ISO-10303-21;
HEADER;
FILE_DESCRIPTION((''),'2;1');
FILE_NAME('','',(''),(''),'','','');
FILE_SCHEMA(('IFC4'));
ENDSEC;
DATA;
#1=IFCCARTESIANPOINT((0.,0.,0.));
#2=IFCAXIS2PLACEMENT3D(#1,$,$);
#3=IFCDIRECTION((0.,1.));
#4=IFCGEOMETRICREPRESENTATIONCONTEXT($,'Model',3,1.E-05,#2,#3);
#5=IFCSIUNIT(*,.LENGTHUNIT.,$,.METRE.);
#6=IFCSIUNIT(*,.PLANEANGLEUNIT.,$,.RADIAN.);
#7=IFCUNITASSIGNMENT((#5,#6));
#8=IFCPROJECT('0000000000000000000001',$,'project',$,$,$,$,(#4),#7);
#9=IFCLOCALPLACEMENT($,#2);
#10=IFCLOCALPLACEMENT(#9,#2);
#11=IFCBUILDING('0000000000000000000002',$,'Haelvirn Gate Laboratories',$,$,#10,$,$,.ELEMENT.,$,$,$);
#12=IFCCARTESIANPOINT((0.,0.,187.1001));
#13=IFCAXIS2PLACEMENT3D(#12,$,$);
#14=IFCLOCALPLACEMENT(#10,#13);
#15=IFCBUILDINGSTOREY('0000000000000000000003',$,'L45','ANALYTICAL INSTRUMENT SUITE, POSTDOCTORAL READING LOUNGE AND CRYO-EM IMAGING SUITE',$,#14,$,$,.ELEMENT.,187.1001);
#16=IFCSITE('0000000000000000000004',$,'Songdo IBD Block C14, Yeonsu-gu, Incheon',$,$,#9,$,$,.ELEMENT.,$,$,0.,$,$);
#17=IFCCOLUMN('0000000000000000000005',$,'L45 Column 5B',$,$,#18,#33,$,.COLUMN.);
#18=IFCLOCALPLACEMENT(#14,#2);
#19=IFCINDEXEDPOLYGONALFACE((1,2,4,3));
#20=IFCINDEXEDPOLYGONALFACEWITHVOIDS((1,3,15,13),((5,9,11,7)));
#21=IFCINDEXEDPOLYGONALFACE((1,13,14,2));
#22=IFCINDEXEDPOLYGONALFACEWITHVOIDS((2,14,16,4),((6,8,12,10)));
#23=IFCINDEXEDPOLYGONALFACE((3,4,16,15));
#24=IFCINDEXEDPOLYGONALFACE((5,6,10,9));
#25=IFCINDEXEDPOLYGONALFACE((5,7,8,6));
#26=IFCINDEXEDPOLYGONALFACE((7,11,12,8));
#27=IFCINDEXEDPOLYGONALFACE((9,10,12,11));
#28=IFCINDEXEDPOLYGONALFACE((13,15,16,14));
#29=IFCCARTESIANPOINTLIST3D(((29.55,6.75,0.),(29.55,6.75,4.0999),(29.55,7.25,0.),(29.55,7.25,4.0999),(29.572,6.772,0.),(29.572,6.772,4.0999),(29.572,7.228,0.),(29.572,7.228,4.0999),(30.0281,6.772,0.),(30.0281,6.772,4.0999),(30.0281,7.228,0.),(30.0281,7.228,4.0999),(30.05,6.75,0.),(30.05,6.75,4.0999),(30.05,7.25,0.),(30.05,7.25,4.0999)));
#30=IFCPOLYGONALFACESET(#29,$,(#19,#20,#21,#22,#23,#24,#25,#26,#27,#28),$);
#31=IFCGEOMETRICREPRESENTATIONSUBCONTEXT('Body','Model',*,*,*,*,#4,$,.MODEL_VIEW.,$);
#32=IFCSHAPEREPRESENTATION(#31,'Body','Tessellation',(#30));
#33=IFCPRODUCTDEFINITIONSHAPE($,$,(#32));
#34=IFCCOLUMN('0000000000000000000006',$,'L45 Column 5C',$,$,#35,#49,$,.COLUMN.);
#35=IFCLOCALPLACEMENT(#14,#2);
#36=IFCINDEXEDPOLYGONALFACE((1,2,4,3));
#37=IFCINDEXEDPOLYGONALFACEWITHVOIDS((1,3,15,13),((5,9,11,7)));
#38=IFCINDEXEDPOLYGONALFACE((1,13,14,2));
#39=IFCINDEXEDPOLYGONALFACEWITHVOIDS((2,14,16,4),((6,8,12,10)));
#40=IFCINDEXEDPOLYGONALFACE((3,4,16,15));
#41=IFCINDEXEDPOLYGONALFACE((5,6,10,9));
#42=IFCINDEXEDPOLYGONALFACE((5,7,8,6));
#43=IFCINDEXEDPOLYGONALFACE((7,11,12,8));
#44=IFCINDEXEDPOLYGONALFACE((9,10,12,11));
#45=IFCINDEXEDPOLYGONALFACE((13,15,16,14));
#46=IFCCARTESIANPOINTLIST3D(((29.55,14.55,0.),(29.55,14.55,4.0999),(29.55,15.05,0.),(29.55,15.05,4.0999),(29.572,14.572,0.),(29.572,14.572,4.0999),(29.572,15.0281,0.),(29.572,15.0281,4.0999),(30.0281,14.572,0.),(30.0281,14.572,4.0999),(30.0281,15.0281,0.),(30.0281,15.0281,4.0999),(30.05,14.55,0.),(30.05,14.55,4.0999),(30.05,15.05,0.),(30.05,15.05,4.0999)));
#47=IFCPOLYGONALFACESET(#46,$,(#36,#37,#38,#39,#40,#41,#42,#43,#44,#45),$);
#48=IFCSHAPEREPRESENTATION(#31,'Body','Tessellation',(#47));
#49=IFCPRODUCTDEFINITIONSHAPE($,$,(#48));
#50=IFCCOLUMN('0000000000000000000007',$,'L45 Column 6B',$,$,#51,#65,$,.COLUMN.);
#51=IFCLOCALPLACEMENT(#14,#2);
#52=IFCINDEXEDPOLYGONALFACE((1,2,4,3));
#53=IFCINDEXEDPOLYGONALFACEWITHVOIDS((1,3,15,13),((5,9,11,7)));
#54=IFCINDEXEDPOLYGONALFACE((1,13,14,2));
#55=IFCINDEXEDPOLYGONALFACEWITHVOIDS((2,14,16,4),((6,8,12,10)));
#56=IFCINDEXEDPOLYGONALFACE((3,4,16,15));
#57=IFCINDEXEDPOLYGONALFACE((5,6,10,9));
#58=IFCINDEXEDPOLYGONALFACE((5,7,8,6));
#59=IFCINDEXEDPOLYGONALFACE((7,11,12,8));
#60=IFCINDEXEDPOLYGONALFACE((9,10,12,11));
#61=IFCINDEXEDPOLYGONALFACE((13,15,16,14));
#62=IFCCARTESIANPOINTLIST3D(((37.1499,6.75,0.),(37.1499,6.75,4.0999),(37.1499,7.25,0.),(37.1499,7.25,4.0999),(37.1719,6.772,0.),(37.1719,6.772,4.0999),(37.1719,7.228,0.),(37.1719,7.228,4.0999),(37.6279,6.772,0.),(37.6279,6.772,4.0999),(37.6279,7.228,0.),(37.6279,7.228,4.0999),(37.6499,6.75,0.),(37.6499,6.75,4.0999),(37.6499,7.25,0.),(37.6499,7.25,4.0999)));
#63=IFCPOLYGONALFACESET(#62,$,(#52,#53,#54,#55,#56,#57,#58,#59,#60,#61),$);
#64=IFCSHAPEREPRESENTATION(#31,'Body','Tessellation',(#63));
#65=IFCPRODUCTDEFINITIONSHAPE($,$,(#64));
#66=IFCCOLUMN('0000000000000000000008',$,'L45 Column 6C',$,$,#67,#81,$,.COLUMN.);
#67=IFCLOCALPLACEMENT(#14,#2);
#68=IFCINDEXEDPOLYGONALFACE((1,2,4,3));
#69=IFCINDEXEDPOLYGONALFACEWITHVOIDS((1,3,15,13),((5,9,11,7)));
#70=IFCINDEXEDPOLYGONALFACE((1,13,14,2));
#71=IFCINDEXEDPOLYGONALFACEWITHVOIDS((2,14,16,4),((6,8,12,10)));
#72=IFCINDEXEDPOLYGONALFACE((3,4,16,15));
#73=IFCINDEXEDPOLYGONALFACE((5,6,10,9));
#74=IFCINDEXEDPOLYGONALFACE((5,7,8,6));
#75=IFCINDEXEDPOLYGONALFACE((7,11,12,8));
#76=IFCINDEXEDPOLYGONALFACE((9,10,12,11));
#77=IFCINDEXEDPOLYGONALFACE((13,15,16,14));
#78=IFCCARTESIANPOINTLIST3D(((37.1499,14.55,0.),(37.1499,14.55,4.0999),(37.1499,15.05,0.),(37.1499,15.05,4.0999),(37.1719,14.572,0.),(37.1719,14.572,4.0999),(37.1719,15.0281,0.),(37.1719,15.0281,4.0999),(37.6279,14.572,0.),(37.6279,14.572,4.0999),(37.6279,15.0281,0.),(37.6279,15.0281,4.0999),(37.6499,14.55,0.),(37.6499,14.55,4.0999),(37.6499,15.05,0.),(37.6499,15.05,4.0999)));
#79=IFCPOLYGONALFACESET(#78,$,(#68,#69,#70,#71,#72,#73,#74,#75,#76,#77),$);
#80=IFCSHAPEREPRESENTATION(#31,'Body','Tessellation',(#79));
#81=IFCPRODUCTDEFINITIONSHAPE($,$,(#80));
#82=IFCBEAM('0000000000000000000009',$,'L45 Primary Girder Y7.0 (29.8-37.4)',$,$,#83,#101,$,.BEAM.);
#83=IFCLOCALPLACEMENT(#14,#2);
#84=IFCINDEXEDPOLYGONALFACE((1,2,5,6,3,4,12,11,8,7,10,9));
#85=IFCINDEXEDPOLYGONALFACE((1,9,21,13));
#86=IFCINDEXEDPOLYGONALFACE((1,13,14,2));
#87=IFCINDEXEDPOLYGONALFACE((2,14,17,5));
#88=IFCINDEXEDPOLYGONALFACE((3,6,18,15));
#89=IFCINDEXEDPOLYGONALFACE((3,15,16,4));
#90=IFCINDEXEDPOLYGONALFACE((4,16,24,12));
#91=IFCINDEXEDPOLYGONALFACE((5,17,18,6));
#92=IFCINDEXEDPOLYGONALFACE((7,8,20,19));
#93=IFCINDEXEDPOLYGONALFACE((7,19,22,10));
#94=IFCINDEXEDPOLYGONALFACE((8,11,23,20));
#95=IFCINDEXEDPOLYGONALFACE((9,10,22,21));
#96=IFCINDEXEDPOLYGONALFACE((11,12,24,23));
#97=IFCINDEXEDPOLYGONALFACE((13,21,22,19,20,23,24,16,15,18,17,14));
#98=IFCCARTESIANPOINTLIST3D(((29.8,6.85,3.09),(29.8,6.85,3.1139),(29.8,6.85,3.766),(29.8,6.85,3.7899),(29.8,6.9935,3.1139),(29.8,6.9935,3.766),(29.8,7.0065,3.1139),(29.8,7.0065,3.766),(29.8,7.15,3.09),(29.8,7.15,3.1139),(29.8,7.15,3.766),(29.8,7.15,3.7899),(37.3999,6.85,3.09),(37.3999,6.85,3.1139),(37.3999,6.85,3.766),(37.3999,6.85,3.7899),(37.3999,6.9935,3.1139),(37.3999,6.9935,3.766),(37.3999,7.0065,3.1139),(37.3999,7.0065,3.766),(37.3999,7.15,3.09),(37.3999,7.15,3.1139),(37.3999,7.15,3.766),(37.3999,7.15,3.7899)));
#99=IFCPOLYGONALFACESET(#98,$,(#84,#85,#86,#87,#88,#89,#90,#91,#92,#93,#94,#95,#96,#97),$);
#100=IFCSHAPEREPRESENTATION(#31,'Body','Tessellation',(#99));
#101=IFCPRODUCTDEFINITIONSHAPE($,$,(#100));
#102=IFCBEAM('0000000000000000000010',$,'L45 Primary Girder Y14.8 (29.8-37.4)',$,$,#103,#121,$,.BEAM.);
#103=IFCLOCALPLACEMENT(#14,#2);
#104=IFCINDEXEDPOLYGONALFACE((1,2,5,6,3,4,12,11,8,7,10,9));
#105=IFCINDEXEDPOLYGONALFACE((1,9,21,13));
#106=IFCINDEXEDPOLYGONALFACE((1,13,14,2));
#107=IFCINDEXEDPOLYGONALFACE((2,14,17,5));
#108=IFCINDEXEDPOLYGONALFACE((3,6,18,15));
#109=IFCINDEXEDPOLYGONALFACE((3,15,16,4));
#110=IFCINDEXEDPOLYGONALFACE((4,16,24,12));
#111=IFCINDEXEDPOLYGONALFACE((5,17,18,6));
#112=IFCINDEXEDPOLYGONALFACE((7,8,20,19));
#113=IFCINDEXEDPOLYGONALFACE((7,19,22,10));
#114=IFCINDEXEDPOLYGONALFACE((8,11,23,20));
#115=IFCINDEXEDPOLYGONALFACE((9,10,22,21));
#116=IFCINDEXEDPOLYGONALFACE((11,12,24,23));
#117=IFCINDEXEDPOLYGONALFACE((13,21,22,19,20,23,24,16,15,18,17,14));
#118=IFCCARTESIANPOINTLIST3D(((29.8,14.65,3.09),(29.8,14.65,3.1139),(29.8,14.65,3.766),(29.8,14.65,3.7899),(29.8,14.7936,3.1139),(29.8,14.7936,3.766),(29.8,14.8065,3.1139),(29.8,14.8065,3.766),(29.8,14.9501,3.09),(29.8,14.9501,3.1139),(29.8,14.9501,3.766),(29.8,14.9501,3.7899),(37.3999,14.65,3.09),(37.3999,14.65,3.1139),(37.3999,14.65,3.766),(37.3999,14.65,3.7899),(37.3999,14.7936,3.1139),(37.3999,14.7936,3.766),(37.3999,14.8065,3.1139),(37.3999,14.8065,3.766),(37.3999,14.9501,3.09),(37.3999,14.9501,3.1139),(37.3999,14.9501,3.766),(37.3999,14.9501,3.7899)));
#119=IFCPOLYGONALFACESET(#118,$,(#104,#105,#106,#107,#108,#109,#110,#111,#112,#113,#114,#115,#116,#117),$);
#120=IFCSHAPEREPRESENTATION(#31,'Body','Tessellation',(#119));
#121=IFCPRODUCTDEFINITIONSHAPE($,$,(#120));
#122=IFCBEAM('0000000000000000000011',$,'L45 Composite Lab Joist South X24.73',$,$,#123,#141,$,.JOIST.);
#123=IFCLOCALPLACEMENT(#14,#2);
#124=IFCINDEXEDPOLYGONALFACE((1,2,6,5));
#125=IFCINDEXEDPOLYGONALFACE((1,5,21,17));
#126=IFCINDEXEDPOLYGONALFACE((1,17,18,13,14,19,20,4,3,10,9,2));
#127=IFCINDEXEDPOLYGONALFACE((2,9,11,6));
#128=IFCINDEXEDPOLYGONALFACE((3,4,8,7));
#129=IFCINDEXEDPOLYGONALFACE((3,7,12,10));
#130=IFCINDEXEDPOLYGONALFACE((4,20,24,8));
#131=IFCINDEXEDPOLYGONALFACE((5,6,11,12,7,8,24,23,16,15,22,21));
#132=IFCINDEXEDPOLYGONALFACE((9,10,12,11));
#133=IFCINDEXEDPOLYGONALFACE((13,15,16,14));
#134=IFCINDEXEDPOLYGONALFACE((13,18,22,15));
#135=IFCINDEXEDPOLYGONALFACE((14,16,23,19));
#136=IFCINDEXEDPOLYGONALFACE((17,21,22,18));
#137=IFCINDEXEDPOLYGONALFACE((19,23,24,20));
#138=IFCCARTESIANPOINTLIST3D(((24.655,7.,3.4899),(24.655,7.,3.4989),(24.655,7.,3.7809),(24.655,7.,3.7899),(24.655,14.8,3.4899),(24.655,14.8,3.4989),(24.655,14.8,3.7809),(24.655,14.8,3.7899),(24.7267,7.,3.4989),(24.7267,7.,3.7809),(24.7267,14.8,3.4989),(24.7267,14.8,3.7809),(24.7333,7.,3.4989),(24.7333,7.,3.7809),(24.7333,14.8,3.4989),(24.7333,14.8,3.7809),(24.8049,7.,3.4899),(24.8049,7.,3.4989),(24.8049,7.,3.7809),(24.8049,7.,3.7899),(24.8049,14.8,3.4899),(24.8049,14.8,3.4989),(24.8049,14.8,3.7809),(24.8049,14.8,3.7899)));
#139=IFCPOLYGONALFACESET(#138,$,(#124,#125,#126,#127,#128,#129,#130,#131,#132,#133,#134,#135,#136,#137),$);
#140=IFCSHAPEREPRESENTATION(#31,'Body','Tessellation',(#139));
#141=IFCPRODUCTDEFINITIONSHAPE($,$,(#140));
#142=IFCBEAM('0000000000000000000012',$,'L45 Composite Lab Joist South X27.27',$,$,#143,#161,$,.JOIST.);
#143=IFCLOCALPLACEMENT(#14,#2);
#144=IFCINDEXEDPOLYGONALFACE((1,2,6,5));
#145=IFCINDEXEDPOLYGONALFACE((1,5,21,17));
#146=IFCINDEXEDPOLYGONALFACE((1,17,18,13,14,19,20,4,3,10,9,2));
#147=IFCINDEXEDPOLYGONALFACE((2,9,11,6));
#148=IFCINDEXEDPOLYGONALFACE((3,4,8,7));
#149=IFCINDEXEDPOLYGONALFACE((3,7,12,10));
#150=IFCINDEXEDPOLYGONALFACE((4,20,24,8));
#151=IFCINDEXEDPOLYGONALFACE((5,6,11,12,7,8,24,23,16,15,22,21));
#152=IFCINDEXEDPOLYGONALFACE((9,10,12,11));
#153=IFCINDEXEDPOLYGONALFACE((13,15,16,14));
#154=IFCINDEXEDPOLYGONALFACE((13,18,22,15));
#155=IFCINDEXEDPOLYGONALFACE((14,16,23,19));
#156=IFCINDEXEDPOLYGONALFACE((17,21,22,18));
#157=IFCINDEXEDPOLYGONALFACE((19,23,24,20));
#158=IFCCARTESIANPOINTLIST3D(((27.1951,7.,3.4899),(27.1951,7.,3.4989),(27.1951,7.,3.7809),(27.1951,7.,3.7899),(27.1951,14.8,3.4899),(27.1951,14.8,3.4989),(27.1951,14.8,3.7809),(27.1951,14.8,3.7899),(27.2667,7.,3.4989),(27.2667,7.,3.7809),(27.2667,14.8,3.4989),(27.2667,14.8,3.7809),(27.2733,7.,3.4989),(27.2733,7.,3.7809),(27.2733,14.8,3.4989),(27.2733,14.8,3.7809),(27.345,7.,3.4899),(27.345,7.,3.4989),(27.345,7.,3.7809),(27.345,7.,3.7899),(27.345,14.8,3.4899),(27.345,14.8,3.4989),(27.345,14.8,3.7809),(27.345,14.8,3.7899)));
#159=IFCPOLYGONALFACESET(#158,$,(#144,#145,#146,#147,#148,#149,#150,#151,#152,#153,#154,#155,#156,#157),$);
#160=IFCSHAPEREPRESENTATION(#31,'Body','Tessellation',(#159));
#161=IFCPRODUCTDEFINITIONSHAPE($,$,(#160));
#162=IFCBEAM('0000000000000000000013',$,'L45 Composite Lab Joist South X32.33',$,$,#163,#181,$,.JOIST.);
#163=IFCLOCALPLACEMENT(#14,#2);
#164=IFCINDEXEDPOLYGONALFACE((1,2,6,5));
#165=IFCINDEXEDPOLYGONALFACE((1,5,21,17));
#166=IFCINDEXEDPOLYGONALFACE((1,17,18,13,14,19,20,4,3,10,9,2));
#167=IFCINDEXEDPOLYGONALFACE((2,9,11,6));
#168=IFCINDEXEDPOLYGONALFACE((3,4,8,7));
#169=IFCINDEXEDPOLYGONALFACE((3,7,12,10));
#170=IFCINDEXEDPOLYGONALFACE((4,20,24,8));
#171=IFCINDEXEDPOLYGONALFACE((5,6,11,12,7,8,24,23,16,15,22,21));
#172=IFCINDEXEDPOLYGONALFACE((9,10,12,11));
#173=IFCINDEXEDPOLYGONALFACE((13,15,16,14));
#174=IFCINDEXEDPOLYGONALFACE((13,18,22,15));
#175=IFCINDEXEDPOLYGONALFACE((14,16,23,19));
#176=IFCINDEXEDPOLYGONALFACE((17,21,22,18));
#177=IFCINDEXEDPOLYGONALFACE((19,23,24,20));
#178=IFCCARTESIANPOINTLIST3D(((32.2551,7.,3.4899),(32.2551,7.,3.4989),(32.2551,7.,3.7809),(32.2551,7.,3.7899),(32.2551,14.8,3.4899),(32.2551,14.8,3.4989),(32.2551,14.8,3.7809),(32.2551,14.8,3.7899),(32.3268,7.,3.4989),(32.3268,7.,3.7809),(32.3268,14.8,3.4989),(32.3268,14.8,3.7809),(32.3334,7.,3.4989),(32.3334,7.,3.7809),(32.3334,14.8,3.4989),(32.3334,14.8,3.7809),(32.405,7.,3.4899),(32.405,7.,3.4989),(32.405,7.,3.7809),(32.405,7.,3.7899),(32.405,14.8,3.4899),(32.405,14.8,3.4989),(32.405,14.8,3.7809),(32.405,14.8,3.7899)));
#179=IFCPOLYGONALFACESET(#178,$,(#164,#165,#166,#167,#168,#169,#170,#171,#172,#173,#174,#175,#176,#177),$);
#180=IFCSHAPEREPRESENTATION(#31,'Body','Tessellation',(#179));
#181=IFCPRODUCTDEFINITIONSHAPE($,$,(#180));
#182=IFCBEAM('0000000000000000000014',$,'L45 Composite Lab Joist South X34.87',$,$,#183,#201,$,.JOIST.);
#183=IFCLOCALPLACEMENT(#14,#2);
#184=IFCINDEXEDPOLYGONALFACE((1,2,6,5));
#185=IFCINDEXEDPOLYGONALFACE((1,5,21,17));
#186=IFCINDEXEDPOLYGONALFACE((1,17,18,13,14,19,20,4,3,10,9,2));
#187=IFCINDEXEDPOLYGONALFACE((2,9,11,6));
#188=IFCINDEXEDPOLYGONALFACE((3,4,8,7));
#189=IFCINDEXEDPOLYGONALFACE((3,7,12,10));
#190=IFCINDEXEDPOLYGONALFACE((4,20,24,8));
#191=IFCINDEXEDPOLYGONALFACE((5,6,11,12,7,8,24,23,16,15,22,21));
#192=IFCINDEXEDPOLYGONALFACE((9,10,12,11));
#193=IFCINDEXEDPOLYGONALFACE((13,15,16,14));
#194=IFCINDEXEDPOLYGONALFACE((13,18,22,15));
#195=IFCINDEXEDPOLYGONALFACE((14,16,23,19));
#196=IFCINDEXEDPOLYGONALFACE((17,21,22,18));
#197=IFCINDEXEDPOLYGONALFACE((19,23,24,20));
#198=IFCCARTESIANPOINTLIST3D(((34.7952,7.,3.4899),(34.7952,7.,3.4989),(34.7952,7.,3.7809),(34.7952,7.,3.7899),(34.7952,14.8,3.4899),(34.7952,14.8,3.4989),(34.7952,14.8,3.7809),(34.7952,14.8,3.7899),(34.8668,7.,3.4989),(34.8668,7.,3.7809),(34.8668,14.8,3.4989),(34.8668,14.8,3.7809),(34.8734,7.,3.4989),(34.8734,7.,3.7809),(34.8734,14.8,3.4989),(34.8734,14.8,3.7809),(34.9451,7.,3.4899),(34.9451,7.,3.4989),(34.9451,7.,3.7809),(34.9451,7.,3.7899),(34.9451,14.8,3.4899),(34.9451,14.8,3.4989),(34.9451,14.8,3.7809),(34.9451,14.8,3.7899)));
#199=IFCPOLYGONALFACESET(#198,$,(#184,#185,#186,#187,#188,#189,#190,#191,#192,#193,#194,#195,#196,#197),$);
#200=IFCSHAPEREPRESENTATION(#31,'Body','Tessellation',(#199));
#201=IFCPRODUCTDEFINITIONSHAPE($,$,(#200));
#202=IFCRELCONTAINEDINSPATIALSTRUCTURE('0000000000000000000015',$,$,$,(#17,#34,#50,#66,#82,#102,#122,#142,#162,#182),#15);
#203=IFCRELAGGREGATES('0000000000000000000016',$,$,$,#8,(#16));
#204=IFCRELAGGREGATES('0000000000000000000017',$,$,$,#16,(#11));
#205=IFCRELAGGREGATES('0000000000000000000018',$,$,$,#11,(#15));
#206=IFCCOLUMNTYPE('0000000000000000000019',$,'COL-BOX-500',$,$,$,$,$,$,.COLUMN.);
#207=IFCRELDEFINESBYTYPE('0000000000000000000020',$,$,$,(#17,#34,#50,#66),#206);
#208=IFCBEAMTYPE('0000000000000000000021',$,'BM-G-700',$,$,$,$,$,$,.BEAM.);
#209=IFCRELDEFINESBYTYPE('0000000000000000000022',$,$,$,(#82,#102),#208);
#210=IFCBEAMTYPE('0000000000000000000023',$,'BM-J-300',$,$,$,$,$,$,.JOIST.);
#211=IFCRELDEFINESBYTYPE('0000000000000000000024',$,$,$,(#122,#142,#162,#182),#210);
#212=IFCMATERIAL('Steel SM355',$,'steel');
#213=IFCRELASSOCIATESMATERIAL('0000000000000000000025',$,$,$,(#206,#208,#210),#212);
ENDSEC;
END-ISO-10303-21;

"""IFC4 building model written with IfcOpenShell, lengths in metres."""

from ifc_helpers import new_model, si_unit, direction, frame, origin, origin_2d, place, context, subcontext, project, spatial, hollow_rectangle, i_section, extrude, source, transform, mapped, material, material_profile, profile_set, type_object, type_shapes, element, save


model = new_model("IFC4")

# Units and contexts
model_context = context("Model", 3, precision=1e-05, world=origin(), true_north=direction((0.0, 1.0)))
body_context = subcontext(model_context, "Body", "Model", "MODEL_VIEW")
ifc_project = project(units=[si_unit("LENGTHUNIT", "METRE"), si_unit("PLANEANGLEUNIT", "RADIAN")], contexts=[model_context])

# Site, building, storey
site_placement = place(None, origin())
site = spatial("IfcSite", under=ifc_project, at=site_placement, Name="Songdo IBD Block C14, Yeonsu-gu, Incheon", CompositionType="ELEMENT", RefElevation=0.0)
building_placement = place(site_placement, origin())
building = spatial("IfcBuilding", under=site, at=building_placement, Name="Haelvirn Gate Laboratories", CompositionType="ELEMENT")
storey_placement = place(building_placement, frame((0.0, 0.0, 187.1001)))
storey = spatial("IfcBuildingStorey", under=building, at=storey_placement, Name="L45", Description="ANALYTICAL INSTRUMENT SUITE, POSTDOCTORAL READING LOUNGE AND CRYO-EM IMAGING SUITE", CompositionType="ELEMENT", Elevation=187.1001)

# Columns
ifc_material_1 = material(Name="Steel SM355", Category="steel")
ifc_material_profile_1 = material_profile(ifc_material_1, hollow_rectangle(XDim=0.5, YDim=0.5, WallThickness=0.022, at=origin_2d()), Name="BOX-500x500x22")
ifc_profile_set_1 = profile_set([ifc_material_profile_1], Name="Steel SM355")
column_type = type_object("IfcColumnType", Name="COL-BOX-500", PredefinedType="COLUMN", material=ifc_profile_set_1)
shared_shape_1 = source(origin(), body_context, "Body", "SweptSolid", [
    extrude(hollow_rectangle(XDim=0.5, YDim=0.5, WallThickness=0.022, at=origin_2d()), origin(), (0.0, 0.0, 1.0), 4.0999),
])
type_shapes(column_type, [shared_shape_1])
for number, where, z_axis, x_axis, name in (
    (1, (29.8, 7.0, 0.0), (0.0, 0.0, 1.0), (1.0, 0.0, 0.0), "L45 Column 5B"),
    (2, (29.8, 14.8, 0.0), (0.0, 0.0, 1.0), (1.0, 0.0, 0.0), "L45 Column 5C"),
    (3, (37.3999, 7.0, 0.0), (0.0, 0.0, 1.0), (1.0, 0.0, 0.0), "L45 Column 6B"),
    (4, (37.3999, 14.8, 0.0), (0.0, 0.0, 1.0), (1.0, 0.0, 0.0), "L45 Column 6C"),
):
    element("IfcColumn", number, at=place(storey_placement, frame(where, z_axis=z_axis, x_axis=x_axis)), inside=storey, type_object=column_type, Name=name, PredefinedType="COLUMN", context=body_context, shape_type="MappedRepresentation", body=[
        mapped(shared_shape_1, transform((0.0, 0.0, 0.0), scale=1.0)),
    ])

# Beams
ifc_material_profile_2 = material_profile(ifc_material_1, i_section(OverallWidth=0.3, OverallDepth=0.7, WebThickness=0.0129, FlangeThickness=0.0239, at=origin_2d()), Name="H-700x300x13x24")
ifc_profile_set_2 = profile_set([ifc_material_profile_2], Name="Steel SM355")
beam_type_1 = type_object("IfcBeamType", Name="BM-G-700", PredefinedType="BEAM", material=ifc_profile_set_2)
shared_shape_2 = source(origin(), body_context, "Body", "SweptSolid", [
    extrude(i_section(OverallWidth=0.3, OverallDepth=0.7, WebThickness=0.0129, FlangeThickness=0.0239, at=origin_2d()), origin(), (0.0, 0.0, 1.0), 7.5999),
])
type_shapes(beam_type_1, [shared_shape_2])
for number, where, z_axis, x_axis, name in (
    (5, (29.8, 7.0, 3.4399), (1.0, 0.0, 0.0), (0.0, 1.0, 0.0), "L45 Primary Girder Y7.0 (29.8-37.4)"),
    (6, (29.8, 14.8, 3.4399), (1.0, 0.0, 0.0), (0.0, 1.0, 0.0), "L45 Primary Girder Y14.8 (29.8-37.4)"),
):
    element("IfcBeam", number, at=place(storey_placement, frame(where, z_axis=z_axis, x_axis=x_axis)), inside=storey, type_object=beam_type_1, Name=name, PredefinedType="BEAM", context=body_context, shape_type="MappedRepresentation", body=[
        mapped(shared_shape_2, transform((0.0, 0.0, 0.0), scale=1.0)),
    ])
ifc_material_profile_3 = material_profile(ifc_material_1, i_section(OverallWidth=0.1499, OverallDepth=0.3, WebThickness=0.0066, FlangeThickness=0.009, at=origin_2d()), Name="H-300x150x6.5x9")
ifc_profile_set_3 = profile_set([ifc_material_profile_3], Name="Steel SM355")
beam_type_2 = type_object("IfcBeamType", Name="BM-J-300", PredefinedType="JOIST", material=ifc_profile_set_3)
shared_shape_3 = source(origin(), body_context, "Body", "SweptSolid", [
    extrude(i_section(OverallWidth=0.1499, OverallDepth=0.3, WebThickness=0.0066, FlangeThickness=0.009, at=origin_2d()), origin(), (0.0, 0.0, 1.0), 7.8),
])
type_shapes(beam_type_2, [shared_shape_3])
for number, where, z_axis, x_axis, name in (
    (7, (24.73, 7.0, 3.6399), (0.0, 1.0, 0.0), (-1.0, 0.0, 0.0), "L45 Composite Lab Joist South X24.73"),
    (8, (27.27, 7.0, 3.6399), (0.0, 1.0, 0.0), (-1.0, 0.0, 0.0), "L45 Composite Lab Joist South X27.27"),
    (9, (32.3301, 7.0, 3.6399), (0.0, 1.0, 0.0), (-1.0, 0.0, 0.0), "L45 Composite Lab Joist South X32.33"),
    (10, (34.8701, 7.0, 3.6399), (0.0, 1.0, 0.0), (-1.0, 0.0, 0.0), "L45 Composite Lab Joist South X34.87"),
):
    element("IfcBeam", number, at=place(storey_placement, frame(where, z_axis=z_axis, x_axis=x_axis)), inside=storey, type_object=beam_type_2, Name=name, PredefinedType="JOIST", context=body_context, shape_type="MappedRepresentation", body=[
        mapped(shared_shape_3, transform((0.0, 0.0, 0.0), scale=1.0)),
    ])

save(model, "model.ifc")
